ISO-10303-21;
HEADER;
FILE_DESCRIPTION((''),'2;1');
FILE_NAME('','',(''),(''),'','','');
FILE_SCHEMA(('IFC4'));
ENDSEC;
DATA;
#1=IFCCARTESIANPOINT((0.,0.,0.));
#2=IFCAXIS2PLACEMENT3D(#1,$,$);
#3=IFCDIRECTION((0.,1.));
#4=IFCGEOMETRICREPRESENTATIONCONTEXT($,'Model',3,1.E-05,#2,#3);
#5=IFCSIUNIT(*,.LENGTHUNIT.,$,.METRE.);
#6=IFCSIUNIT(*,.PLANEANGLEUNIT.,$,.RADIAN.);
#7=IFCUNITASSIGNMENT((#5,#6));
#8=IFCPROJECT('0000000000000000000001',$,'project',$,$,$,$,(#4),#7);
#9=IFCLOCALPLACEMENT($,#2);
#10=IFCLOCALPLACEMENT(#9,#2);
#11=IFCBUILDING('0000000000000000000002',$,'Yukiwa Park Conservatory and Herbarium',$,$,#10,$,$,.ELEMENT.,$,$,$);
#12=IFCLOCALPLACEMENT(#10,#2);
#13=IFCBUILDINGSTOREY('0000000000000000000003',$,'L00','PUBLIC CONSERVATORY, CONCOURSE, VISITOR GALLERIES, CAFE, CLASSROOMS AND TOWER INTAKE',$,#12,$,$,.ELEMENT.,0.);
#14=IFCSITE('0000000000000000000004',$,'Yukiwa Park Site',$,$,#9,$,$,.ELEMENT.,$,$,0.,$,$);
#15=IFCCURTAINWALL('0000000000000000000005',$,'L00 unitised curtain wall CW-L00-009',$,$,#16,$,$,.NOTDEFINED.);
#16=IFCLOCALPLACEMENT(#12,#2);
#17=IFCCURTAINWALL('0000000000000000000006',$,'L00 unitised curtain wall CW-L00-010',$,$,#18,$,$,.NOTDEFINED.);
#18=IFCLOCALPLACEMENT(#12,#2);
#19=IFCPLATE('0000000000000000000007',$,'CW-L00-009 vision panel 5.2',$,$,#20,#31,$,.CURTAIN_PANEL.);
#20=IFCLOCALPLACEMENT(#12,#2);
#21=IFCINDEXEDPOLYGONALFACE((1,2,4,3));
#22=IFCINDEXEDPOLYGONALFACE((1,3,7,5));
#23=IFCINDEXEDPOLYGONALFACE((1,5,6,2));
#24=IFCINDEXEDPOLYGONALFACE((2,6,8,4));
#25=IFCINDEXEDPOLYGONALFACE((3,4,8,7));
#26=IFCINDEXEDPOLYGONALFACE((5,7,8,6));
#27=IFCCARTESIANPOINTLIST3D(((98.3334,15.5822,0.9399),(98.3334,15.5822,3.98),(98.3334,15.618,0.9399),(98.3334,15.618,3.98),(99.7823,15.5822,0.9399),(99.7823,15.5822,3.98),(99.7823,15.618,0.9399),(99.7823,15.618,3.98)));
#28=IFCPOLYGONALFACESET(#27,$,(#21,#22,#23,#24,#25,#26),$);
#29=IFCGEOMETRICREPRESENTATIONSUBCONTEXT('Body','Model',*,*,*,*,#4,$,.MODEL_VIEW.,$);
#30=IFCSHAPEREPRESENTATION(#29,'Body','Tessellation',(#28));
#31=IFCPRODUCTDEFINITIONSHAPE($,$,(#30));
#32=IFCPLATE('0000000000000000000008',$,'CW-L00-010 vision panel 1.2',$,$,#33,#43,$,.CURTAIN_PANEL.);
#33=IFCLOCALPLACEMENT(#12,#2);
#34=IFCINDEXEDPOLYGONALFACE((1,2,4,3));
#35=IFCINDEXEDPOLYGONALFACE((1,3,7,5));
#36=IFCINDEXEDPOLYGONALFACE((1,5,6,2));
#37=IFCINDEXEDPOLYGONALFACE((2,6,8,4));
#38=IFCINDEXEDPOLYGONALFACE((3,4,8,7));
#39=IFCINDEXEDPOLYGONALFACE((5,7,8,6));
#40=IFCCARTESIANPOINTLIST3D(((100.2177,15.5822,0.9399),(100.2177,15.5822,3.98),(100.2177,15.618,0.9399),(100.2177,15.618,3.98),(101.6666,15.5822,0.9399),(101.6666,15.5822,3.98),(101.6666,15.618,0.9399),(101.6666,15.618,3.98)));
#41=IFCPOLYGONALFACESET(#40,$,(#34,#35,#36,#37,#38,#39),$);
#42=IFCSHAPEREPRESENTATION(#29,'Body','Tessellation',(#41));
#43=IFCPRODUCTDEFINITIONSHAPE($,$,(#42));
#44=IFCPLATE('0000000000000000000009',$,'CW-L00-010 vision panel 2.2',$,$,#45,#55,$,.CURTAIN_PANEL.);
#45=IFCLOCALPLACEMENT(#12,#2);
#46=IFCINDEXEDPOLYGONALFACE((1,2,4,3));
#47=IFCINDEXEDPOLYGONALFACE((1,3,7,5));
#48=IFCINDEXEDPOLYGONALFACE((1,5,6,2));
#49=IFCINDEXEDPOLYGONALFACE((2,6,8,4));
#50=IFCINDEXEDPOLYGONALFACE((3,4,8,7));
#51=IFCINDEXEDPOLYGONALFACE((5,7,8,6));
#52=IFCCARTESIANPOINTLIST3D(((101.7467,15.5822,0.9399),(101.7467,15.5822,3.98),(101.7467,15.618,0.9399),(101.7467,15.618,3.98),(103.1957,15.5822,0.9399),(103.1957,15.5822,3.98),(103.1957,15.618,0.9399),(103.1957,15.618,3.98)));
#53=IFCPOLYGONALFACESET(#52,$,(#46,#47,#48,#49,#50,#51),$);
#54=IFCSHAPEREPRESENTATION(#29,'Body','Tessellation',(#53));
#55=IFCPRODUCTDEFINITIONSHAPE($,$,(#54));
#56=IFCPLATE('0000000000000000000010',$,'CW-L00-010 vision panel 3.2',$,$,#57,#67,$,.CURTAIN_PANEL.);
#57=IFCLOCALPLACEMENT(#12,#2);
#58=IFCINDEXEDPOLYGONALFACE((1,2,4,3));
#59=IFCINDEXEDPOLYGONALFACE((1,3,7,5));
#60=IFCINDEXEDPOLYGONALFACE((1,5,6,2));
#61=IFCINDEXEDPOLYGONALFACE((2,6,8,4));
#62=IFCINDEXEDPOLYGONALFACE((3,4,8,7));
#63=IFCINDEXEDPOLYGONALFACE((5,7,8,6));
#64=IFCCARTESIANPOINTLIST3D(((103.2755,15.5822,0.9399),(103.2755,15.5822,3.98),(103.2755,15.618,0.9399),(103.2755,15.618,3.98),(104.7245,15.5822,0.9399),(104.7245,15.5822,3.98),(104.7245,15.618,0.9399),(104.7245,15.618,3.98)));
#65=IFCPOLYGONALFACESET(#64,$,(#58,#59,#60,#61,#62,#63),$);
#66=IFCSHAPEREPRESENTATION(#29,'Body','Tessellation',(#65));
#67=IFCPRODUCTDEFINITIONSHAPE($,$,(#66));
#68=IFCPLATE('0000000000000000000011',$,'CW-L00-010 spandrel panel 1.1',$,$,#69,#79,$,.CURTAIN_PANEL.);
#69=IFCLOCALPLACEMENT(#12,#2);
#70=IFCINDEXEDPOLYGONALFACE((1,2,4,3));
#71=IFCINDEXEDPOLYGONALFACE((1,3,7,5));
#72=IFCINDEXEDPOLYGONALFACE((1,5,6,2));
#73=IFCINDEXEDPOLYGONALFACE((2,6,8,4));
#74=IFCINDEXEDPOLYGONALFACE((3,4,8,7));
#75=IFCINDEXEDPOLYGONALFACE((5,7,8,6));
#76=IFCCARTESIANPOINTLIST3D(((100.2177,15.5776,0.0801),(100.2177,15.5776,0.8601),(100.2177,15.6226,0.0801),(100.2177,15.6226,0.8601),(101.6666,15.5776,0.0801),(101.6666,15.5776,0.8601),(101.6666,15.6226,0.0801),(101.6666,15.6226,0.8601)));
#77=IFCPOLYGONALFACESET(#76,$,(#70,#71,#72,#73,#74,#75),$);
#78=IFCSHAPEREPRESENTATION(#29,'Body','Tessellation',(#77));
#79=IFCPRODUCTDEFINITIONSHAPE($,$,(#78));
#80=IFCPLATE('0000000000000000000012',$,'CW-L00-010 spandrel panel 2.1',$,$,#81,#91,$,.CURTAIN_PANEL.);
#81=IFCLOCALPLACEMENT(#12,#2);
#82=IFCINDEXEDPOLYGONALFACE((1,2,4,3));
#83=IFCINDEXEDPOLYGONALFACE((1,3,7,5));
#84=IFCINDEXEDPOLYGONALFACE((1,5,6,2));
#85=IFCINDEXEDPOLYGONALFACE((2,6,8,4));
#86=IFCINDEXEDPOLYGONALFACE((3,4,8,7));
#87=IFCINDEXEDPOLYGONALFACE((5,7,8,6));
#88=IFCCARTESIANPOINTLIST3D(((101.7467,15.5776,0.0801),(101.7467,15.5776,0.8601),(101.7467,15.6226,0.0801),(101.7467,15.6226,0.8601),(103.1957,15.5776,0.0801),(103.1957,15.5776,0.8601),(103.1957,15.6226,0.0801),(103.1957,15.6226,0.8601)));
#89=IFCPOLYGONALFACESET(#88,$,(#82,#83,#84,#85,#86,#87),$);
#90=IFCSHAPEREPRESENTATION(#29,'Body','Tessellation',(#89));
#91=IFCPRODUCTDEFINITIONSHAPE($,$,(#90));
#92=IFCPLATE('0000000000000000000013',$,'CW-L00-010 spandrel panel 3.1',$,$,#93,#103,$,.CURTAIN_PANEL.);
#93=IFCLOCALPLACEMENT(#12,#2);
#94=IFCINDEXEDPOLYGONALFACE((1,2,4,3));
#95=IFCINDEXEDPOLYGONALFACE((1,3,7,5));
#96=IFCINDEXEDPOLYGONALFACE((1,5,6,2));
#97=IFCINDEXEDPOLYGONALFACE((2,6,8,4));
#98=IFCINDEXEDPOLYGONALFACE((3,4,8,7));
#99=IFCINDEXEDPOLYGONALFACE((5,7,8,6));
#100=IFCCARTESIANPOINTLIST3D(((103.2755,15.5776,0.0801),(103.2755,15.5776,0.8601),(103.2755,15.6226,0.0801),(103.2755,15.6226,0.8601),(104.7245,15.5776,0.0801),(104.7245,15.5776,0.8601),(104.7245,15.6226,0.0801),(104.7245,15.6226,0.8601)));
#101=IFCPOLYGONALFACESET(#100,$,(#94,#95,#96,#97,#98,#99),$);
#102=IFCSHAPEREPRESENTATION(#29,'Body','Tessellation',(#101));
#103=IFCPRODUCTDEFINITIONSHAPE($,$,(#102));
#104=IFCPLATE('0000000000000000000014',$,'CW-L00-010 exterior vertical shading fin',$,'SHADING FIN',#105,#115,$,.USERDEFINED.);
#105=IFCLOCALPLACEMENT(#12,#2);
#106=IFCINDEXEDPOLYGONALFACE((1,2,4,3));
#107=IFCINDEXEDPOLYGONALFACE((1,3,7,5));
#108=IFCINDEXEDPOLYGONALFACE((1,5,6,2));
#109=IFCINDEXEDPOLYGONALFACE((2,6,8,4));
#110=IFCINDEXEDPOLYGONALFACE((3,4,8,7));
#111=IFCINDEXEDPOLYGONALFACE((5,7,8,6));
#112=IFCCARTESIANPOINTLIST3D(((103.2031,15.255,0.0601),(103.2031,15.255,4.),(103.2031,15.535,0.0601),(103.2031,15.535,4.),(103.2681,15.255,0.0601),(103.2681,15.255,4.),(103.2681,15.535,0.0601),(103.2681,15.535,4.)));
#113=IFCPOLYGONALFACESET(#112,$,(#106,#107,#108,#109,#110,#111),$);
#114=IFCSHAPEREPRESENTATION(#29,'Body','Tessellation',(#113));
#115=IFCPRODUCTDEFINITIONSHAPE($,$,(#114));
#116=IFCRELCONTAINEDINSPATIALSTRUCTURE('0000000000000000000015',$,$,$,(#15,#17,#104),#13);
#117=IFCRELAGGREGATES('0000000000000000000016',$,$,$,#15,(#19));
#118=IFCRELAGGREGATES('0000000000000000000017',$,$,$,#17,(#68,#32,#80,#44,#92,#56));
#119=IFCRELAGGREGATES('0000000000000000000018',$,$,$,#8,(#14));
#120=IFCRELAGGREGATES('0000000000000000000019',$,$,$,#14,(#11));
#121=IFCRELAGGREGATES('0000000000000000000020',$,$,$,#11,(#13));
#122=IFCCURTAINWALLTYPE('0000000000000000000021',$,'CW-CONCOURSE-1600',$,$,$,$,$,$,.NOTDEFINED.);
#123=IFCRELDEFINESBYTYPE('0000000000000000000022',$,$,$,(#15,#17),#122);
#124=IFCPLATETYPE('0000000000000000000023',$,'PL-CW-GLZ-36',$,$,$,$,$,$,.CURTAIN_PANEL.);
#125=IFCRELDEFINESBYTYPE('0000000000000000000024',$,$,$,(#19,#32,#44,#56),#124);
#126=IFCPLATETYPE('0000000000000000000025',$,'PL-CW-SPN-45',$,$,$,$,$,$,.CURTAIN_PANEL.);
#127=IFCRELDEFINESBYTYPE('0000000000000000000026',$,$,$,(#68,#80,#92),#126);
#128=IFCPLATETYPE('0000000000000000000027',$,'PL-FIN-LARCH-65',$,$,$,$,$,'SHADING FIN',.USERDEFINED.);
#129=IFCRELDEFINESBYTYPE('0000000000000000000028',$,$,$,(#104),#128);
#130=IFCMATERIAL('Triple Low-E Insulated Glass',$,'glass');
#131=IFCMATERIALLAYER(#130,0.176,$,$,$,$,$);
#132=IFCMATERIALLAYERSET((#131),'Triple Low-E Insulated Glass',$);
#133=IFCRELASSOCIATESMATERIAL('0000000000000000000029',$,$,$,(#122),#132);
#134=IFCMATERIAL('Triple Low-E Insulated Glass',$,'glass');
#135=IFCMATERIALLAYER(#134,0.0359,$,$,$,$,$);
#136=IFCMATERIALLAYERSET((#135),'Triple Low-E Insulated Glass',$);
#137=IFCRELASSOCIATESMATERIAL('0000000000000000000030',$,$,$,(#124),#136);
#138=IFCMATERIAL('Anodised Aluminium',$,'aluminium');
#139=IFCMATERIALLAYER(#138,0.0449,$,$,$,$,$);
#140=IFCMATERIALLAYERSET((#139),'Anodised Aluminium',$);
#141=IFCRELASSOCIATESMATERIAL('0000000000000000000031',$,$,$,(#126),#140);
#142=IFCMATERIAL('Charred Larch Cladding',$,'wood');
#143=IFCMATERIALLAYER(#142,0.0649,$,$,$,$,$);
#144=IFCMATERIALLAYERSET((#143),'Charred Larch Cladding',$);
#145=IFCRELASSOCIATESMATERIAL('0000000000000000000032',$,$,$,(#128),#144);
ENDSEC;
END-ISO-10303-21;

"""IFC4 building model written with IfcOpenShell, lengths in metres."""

from ifc_helpers import new_model, si_unit, direction, frame, origin, origin_2d, place, context, subcontext, project, spatial, rectangle, extrude, material, layer, layer_set, type_object, element, aggregate, save


model = new_model("IFC4")

# Units and contexts
model_context = context("Model", 3, precision=1e-05, world=origin(), true_north=direction((0.0, 1.0)))
body_context = subcontext(model_context, "Body", "Model", "MODEL_VIEW")
ifc_project = project(units=[si_unit("LENGTHUNIT", "METRE"), si_unit("PLANEANGLEUNIT", "RADIAN")], contexts=[model_context])

# Site, building, storey
site_placement = place(None, origin())
site = spatial("IfcSite", under=ifc_project, at=site_placement, Name="Yukiwa Park Site", CompositionType="ELEMENT", RefElevation=0.0)
building_placement = place(site_placement, origin())
building = spatial("IfcBuilding", under=site, at=building_placement, Name="Yukiwa Park Conservatory and Herbarium", CompositionType="ELEMENT")
storey_placement = place(building_placement, origin())
storey = spatial("IfcBuildingStorey", under=building, at=storey_placement, Name="L00", Description="PUBLIC CONSERVATORY, CONCOURSE, VISITOR GALLERIES, CAFE, CLASSROOMS AND TOWER INTAKE", CompositionType="ELEMENT", Elevation=0.0)

# Curtain wall
ifc_material_1 = material(Name="Triple Low-E Insulated Glass", Category="glass")
ifc_layer_1 = layer(ifc_material_1, 0.176)
ifc_layer_set_1 = layer_set([ifc_layer_1], Name="Triple Low-E Insulated Glass")
curtain_wall_type = type_object("IfcCurtainWallType", Name="CW-CONCOURSE-1600", PredefinedType="NOTDEFINED", material=ifc_layer_set_1)
curtain_wall_1_placement = place(storey_placement, origin())
curtain_wall_1 = element("IfcCurtainWall", 1, at=curtain_wall_1_placement, inside=storey, type_object=curtain_wall_type, Name="L00 unitised curtain wall CW-L00-009", PredefinedType="NOTDEFINED")

# Curtain wall
curtain_wall_2_placement = place(storey_placement, origin())
curtain_wall_2 = element("IfcCurtainWall", 2, at=curtain_wall_2_placement, inside=storey, type_object=curtain_wall_type, Name="L00 unitised curtain wall CW-L00-010", PredefinedType="NOTDEFINED")

# Plates
ifc_material_2 = material(Name="Triple Low-E Insulated Glass", Category="glass")
ifc_layer_2 = layer(ifc_material_2, 0.0359)
ifc_layer_set_2 = layer_set([ifc_layer_2], Name="Triple Low-E Insulated Glass")
plate_type_1 = type_object("IfcPlateType", Name="PL-CW-GLZ-36", PredefinedType="CURTAIN_PANEL", material=ifc_layer_set_2)
plate_1_placement = place(storey_placement, frame((99.0579, 15.6001, 0.9399), z_axis=(0.0, 0.0, 1.0), x_axis=(1.0, 0.0, 0.0)))
plate_1 = element("IfcPlate", 3, at=plate_1_placement, type_object=plate_type_1, Name="CW-L00-009 vision panel 5.2", PredefinedType="CURTAIN_PANEL", context=body_context, shape_type="SweptSolid", body=[
    extrude(rectangle(XDim=1.449, YDim=0.0359, at=origin_2d()), origin(), (0.0, 0.0, 1.0), 3.04),
])
aggregate(curtain_wall_1, [plate_1])
plate_2_placement = place(storey_placement, frame((100.9421, 15.6001, 0.9399), z_axis=(0.0, 0.0, 1.0), x_axis=(1.0, 0.0, 0.0)))
plate_2 = element("IfcPlate", 4, at=plate_2_placement, type_object=plate_type_1, Name="CW-L00-010 vision panel 1.2", PredefinedType="CURTAIN_PANEL", context=body_context, shape_type="SweptSolid", body=[
    extrude(rectangle(XDim=1.449, YDim=0.0359, at=origin_2d()), origin(), (0.0, 0.0, 1.0), 3.04),
])
plate_3_placement = place(storey_placement, frame((102.4712, 15.6001, 0.9399), z_axis=(0.0, 0.0, 1.0), x_axis=(1.0, 0.0, 0.0)))
plate_3 = element("IfcPlate", 5, at=plate_3_placement, type_object=plate_type_1, Name="CW-L00-010 vision panel 2.2", PredefinedType="CURTAIN_PANEL", context=body_context, shape_type="SweptSolid", body=[
    extrude(rectangle(XDim=1.449, YDim=0.0359, at=origin_2d()), origin(), (0.0, 0.0, 1.0), 3.04),
])
plate_4_placement = place(storey_placement, frame((104.0, 15.6001, 0.9399), z_axis=(0.0, 0.0, 1.0), x_axis=(1.0, 0.0, 0.0)))
plate_4 = element("IfcPlate", 6, at=plate_4_placement, type_object=plate_type_1, Name="CW-L00-010 vision panel 3.2", PredefinedType="CURTAIN_PANEL", context=body_context, shape_type="SweptSolid", body=[
    extrude(rectangle(XDim=1.449, YDim=0.0359, at=origin_2d()), origin(), (0.0, 0.0, 1.0), 3.04),
])
ifc_material_3 = material(Name="Anodised Aluminium", Category="aluminium")
ifc_layer_3 = layer(ifc_material_3, 0.0449)
ifc_layer_set_3 = layer_set([ifc_layer_3], Name="Anodised Aluminium")
plate_type_2 = type_object("IfcPlateType", Name="PL-CW-SPN-45", PredefinedType="CURTAIN_PANEL", material=ifc_layer_set_3)
plate_5_placement = place(storey_placement, frame((100.9421, 15.6001, 0.0801), z_axis=(0.0, 0.0, 1.0), x_axis=(1.0, 0.0, 0.0)))
plate_5 = element("IfcPlate", 7, at=plate_5_placement, type_object=plate_type_2, Name="CW-L00-010 spandrel panel 1.1", PredefinedType="CURTAIN_PANEL", context=body_context, shape_type="SweptSolid", body=[
    extrude(rectangle(XDim=1.449, YDim=0.0449, at=origin_2d()), origin(), (0.0, 0.0, 1.0), 0.78),
])
plate_6_placement = place(storey_placement, frame((102.4712, 15.6001, 0.0801), z_axis=(0.0, 0.0, 1.0), x_axis=(1.0, 0.0, 0.0)))
plate_6 = element("IfcPlate", 8, at=plate_6_placement, type_object=plate_type_2, Name="CW-L00-010 spandrel panel 2.1", PredefinedType="CURTAIN_PANEL", context=body_context, shape_type="SweptSolid", body=[
    extrude(rectangle(XDim=1.449, YDim=0.0449, at=origin_2d()), origin(), (0.0, 0.0, 1.0), 0.78),
])
plate_7_placement = place(storey_placement, frame((104.0, 15.6001, 0.0801), z_axis=(0.0, 0.0, 1.0), x_axis=(1.0, 0.0, 0.0)))
plate_7 = element("IfcPlate", 9, at=plate_7_placement, type_object=plate_type_2, Name="CW-L00-010 spandrel panel 3.1", PredefinedType="CURTAIN_PANEL", context=body_context, shape_type="SweptSolid", body=[
    extrude(rectangle(XDim=1.449, YDim=0.0449, at=origin_2d()), origin(), (0.0, 0.0, 1.0), 0.78),
])
aggregate(curtain_wall_2, [plate_5, plate_2, plate_6, plate_3, plate_7, plate_4])
ifc_material_4 = material(Name="Charred Larch Cladding", Category="wood")
ifc_layer_4 = layer(ifc_material_4, 0.0649)
ifc_layer_set_4 = layer_set([ifc_layer_4], Name="Charred Larch Cladding")
plate_type_3 = type_object("IfcPlateType", Name="PL-FIN-LARCH-65", ElementType="SHADING FIN", PredefinedType="USERDEFINED", material=ifc_layer_set_4)
plate_8_placement = place(storey_placement, frame((103.2356, 15.395, 0.0601), z_axis=(0.0, 0.0, 1.0), x_axis=(1.0, 0.0, 0.0)))
element("IfcPlate", 10, at=plate_8_placement, inside=storey, type_object=plate_type_3, Name="CW-L00-010 exterior vertical shading fin", ObjectType="SHADING FIN", PredefinedType="USERDEFINED", context=body_context, shape_type="SweptSolid", body=[
    extrude(rectangle(XDim=0.0649, YDim=0.28, at=origin_2d()), origin(), (0.0, 0.0, 1.0), 3.9399),
])

save(model, "model.ifc")
